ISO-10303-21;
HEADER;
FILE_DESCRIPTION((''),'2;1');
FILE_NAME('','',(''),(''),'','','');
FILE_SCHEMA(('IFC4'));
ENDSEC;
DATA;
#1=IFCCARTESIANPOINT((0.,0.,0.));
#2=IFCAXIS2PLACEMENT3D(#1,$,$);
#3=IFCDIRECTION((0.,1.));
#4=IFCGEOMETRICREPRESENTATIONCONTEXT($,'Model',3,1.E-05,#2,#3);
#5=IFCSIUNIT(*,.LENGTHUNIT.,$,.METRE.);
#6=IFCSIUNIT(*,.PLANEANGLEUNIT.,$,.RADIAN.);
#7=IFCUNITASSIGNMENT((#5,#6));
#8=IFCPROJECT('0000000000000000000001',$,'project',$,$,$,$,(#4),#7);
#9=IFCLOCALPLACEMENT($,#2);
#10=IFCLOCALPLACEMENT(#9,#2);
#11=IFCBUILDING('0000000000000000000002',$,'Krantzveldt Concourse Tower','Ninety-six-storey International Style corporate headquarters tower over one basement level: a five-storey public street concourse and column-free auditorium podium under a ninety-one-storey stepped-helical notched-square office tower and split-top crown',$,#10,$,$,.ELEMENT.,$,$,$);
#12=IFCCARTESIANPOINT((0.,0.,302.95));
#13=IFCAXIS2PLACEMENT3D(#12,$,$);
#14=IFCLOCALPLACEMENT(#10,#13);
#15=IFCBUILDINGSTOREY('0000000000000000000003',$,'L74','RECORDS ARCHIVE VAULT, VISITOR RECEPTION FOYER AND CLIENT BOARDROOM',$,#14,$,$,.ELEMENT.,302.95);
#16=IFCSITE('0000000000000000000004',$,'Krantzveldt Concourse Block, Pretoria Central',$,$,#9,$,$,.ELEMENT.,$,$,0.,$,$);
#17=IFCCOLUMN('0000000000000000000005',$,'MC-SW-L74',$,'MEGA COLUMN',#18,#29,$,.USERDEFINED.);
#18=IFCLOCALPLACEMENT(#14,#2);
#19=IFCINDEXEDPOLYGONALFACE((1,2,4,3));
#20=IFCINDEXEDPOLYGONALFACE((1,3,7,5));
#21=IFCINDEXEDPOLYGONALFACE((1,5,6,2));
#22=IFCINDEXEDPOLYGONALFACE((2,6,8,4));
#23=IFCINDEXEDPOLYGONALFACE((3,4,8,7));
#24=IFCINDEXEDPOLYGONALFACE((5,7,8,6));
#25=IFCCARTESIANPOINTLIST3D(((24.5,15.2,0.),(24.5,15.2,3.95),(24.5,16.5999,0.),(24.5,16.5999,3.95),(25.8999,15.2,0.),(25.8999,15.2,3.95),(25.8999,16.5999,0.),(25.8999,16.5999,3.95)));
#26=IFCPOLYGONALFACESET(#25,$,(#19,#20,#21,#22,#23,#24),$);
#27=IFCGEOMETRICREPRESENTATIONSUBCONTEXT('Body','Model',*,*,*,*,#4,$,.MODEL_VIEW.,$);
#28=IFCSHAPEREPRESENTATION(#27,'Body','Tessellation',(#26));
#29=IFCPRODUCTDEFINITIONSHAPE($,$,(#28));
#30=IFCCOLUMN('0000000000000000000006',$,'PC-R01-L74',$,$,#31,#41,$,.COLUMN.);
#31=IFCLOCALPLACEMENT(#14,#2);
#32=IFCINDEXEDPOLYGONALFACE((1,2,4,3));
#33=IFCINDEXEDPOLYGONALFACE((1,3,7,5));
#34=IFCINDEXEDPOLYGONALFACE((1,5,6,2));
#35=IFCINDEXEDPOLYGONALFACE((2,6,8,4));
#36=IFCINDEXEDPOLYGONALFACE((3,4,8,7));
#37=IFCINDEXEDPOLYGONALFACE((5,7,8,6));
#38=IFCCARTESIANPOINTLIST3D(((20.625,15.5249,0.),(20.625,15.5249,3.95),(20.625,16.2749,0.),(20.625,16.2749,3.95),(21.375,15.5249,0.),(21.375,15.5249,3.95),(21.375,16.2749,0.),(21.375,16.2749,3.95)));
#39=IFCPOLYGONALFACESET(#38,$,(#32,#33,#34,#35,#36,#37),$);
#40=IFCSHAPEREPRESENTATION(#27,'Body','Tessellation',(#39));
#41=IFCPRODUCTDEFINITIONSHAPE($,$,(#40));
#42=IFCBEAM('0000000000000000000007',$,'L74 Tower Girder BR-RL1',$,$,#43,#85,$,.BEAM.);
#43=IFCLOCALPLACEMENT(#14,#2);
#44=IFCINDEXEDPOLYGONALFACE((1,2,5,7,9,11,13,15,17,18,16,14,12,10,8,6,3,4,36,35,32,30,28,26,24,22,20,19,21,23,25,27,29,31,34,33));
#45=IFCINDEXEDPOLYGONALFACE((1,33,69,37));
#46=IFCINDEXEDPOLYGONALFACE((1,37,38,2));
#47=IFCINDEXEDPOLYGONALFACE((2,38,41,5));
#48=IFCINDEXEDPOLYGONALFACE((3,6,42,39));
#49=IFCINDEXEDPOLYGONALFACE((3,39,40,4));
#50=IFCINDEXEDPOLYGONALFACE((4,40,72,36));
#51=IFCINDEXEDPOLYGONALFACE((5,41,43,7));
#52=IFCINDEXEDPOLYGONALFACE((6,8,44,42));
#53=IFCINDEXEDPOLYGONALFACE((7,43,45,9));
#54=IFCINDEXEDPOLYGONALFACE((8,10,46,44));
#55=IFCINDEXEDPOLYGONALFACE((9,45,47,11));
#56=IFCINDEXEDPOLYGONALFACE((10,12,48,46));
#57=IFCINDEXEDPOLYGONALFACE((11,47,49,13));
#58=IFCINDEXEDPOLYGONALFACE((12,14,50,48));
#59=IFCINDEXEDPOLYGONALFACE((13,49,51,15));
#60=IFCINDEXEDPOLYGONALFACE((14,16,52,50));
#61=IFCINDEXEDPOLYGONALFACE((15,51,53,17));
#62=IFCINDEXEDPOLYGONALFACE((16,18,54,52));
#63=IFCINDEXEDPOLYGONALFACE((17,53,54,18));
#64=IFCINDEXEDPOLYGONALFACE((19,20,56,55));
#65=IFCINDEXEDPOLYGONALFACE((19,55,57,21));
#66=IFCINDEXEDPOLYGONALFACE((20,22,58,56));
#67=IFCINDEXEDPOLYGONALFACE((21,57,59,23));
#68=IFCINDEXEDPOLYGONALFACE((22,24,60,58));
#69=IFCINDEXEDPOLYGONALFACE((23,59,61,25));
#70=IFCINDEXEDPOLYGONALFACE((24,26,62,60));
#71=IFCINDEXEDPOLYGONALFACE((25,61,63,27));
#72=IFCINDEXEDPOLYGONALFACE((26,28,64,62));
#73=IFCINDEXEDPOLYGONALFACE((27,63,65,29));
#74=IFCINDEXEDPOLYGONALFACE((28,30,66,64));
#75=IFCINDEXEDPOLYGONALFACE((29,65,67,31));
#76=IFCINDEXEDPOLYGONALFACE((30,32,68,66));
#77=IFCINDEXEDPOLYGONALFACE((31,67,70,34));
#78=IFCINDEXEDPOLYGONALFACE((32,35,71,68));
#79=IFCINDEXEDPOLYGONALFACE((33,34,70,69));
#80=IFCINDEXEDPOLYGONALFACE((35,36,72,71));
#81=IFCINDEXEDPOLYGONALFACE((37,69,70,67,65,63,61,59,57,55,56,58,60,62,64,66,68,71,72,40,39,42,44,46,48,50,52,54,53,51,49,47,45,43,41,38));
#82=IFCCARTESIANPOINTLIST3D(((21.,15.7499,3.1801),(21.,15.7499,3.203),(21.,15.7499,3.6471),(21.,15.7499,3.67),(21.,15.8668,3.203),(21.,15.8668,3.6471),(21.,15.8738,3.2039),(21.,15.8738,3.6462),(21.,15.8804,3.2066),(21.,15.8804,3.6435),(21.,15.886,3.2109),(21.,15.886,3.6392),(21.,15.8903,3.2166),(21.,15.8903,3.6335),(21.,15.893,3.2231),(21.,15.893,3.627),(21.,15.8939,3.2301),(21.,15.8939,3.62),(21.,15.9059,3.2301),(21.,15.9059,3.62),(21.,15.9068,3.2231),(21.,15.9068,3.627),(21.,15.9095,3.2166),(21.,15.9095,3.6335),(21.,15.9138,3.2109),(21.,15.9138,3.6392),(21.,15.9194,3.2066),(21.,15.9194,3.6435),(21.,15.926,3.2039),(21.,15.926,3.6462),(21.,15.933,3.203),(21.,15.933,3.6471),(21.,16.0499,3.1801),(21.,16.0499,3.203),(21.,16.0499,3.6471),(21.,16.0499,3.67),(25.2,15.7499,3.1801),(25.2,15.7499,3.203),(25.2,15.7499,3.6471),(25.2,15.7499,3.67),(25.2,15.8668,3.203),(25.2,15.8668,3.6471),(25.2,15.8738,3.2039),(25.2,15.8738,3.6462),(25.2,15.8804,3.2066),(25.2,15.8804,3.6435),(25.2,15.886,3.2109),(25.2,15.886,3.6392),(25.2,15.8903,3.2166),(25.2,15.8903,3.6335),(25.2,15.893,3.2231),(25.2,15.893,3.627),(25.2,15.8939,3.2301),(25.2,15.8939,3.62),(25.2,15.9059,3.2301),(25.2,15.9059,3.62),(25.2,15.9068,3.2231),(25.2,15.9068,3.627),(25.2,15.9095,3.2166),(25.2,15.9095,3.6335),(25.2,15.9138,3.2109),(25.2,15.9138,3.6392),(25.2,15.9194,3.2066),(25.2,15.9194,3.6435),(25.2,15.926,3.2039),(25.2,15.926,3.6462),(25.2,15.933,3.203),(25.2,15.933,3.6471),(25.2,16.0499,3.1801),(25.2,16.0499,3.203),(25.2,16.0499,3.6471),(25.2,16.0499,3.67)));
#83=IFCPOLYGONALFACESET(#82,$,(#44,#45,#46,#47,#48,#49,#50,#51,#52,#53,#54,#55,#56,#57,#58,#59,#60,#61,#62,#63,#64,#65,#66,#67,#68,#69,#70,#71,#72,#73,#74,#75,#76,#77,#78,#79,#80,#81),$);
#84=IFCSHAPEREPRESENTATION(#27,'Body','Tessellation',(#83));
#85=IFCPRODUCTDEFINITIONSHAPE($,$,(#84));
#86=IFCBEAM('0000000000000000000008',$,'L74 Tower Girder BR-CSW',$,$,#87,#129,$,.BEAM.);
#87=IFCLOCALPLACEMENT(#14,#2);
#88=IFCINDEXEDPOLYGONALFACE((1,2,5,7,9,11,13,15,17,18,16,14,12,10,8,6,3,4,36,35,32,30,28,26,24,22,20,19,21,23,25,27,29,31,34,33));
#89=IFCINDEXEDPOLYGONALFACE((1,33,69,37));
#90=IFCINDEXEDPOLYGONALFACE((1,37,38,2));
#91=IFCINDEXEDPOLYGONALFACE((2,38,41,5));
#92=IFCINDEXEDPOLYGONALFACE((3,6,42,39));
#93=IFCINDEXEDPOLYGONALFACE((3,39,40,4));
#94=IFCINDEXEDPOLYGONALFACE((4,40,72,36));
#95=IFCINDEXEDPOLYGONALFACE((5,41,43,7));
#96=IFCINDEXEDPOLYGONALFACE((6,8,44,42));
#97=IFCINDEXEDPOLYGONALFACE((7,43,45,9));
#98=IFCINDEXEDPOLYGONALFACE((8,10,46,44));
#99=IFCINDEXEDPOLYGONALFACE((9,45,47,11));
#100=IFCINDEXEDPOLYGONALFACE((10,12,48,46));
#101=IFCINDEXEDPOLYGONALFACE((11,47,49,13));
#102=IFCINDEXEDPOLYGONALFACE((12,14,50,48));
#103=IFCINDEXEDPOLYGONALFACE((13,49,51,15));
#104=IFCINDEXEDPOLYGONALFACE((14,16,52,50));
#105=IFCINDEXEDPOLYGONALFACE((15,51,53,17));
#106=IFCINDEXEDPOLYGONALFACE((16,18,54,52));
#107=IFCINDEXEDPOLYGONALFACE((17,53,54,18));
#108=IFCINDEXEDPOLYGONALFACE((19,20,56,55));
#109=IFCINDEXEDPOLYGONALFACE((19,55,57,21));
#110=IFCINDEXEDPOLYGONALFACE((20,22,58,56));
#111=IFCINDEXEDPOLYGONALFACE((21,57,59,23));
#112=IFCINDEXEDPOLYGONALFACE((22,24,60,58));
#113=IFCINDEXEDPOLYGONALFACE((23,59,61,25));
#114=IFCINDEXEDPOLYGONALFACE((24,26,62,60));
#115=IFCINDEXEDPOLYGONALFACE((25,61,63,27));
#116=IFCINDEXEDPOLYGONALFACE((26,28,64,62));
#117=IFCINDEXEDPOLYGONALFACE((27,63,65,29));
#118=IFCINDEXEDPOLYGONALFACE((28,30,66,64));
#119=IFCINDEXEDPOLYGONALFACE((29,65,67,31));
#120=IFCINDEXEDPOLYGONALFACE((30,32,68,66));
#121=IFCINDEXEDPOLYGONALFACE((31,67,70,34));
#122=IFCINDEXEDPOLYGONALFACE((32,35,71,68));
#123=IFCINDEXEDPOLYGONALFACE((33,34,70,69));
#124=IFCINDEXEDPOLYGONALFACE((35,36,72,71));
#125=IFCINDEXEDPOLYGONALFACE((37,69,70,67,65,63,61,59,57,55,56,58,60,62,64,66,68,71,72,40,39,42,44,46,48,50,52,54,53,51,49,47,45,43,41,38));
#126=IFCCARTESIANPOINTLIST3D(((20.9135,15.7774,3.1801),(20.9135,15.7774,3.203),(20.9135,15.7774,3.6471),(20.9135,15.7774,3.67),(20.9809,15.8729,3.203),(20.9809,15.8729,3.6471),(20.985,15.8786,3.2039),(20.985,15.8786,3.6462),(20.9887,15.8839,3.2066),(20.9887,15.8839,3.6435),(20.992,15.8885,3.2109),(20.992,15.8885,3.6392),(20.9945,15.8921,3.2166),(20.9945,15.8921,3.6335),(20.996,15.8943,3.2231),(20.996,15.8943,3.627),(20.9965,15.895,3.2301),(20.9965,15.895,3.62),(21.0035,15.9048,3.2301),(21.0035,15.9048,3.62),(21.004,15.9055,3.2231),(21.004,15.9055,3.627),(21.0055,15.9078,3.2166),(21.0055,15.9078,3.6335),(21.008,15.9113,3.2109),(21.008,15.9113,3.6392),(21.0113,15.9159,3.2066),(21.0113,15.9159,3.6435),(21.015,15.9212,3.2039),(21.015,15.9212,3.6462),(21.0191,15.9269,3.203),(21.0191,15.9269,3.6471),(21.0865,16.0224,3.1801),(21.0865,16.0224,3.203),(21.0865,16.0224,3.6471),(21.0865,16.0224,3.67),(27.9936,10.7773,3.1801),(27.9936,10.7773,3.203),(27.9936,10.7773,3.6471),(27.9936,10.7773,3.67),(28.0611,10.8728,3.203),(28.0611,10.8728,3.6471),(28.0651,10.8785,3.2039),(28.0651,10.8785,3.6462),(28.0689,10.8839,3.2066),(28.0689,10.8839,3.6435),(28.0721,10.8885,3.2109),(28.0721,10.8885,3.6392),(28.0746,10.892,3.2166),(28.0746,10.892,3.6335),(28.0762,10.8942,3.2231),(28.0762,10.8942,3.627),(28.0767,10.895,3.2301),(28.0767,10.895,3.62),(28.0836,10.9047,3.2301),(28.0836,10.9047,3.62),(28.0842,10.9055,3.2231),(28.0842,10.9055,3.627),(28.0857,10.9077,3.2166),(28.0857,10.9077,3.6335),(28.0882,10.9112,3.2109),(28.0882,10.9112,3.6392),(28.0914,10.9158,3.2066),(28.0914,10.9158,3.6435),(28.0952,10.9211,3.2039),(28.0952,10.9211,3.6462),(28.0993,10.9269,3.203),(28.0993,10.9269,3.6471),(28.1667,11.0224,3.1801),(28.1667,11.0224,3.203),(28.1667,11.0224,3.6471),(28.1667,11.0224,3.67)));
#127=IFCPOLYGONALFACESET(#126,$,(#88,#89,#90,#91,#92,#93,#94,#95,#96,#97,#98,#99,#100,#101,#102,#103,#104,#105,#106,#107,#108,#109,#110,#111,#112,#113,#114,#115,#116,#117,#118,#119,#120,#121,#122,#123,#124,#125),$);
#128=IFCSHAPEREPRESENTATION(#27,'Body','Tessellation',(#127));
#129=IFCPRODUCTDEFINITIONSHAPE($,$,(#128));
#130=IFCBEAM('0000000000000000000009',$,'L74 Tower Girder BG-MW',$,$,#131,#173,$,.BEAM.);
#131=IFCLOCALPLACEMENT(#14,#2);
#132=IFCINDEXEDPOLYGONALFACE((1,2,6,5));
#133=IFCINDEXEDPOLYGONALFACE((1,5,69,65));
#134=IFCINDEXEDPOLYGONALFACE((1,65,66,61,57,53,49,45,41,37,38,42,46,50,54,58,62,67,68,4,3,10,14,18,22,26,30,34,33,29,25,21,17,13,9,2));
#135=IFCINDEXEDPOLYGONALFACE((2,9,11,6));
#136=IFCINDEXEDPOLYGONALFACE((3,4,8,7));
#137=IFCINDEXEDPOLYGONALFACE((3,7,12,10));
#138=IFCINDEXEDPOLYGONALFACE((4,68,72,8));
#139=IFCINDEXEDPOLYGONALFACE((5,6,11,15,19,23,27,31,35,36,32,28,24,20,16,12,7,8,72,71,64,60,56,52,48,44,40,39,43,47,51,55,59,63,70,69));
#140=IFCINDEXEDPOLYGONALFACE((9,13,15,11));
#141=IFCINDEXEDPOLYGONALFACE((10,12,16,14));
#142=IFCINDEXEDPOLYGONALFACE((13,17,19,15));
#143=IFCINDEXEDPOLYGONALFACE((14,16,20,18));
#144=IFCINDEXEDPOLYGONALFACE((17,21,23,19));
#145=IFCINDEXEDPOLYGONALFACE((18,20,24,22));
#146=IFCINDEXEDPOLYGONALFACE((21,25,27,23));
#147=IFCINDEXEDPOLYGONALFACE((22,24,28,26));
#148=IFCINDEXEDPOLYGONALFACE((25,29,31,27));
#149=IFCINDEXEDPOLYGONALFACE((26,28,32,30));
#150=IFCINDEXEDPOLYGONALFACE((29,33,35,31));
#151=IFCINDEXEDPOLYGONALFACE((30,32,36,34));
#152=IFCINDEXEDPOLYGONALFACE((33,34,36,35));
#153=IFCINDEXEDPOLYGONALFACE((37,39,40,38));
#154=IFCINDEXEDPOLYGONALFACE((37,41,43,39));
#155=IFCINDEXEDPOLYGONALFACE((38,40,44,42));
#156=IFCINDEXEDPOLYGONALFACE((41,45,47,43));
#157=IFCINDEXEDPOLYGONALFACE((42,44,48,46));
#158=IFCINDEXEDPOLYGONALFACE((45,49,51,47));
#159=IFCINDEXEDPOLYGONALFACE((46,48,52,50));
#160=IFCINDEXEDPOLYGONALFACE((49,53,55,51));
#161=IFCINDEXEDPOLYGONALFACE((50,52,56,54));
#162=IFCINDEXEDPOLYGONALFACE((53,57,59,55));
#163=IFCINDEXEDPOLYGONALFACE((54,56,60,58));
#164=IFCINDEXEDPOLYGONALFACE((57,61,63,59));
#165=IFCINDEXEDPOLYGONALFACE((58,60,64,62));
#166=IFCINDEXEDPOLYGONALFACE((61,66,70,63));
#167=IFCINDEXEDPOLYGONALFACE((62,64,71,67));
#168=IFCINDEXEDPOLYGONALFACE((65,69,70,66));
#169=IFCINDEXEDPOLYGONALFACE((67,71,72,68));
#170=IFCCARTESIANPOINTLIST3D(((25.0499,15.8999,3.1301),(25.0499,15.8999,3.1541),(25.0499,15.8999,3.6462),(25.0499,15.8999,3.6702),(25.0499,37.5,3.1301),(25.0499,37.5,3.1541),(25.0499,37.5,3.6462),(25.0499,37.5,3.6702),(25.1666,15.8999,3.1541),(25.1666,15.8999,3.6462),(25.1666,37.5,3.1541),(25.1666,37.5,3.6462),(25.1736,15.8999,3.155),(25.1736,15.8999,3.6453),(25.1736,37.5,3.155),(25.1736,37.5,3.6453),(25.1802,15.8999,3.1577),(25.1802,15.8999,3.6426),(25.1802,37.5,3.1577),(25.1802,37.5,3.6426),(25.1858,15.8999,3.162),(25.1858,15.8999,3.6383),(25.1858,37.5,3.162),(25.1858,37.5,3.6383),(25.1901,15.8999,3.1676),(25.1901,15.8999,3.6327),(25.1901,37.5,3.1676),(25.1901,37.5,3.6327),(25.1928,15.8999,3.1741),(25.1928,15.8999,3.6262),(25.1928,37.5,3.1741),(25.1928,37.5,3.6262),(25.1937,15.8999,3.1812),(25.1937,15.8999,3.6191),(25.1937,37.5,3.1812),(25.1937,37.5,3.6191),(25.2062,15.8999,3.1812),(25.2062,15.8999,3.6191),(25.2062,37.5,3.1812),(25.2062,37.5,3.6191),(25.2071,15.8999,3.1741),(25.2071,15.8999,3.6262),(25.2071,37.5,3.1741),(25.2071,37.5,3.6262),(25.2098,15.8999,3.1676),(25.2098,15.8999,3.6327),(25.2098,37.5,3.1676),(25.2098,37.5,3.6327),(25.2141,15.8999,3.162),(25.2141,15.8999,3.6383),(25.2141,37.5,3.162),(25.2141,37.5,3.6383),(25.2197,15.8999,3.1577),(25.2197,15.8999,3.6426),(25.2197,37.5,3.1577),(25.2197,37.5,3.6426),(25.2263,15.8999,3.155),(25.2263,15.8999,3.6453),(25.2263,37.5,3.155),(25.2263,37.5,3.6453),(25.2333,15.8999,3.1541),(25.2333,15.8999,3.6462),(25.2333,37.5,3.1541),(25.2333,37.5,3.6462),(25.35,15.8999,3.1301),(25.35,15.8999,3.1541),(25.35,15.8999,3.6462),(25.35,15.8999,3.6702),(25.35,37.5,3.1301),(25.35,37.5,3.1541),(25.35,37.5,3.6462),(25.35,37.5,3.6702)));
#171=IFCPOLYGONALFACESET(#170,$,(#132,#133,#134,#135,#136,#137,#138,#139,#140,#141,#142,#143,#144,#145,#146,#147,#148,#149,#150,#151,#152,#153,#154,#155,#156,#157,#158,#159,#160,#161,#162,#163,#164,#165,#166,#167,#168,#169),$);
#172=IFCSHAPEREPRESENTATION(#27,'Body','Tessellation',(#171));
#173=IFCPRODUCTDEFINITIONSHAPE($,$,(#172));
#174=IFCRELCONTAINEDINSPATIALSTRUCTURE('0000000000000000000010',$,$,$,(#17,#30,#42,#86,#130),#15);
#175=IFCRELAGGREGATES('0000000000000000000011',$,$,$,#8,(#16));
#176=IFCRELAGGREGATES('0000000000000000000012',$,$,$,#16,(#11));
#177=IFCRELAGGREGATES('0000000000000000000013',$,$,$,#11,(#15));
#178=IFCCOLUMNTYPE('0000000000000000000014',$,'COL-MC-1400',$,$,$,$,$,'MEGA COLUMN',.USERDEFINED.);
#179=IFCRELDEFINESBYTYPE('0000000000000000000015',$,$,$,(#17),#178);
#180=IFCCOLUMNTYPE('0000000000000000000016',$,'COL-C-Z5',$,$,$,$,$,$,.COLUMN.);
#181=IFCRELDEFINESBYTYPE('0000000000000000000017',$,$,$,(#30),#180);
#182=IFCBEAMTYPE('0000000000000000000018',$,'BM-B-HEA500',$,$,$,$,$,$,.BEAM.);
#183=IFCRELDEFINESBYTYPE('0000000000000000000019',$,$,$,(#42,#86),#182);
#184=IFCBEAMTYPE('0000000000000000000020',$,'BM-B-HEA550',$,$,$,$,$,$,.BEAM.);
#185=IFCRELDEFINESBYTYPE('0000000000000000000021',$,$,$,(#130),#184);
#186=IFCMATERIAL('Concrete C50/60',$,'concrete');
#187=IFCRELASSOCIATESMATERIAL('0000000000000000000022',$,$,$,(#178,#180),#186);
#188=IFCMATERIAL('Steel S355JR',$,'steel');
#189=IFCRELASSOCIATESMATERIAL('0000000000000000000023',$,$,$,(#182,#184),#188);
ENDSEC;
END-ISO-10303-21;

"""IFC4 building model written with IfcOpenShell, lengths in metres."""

from ifc_helpers import new_model, si_unit, direction, frame, origin, origin_2d, place, context, subcontext, project, spatial, rectangle, i_section, extrude, source, transform, mapped, material, material_profile, profile_set, type_object, type_shapes, element, save


model = new_model("IFC4")

# Units and contexts
model_context = context("Model", 3, precision=1e-05, world=origin(), true_north=direction((0.0, 1.0)))
body_context = subcontext(model_context, "Body", "Model", "MODEL_VIEW")
ifc_project = project(units=[si_unit("LENGTHUNIT", "METRE"), si_unit("PLANEANGLEUNIT", "RADIAN")], contexts=[model_context])

# Site, building, storey
site_placement = place(None, origin())
site = spatial("IfcSite", under=ifc_project, at=site_placement, Name="Krantzveldt Concourse Block, Pretoria Central", CompositionType="ELEMENT", RefElevation=0.0)
building_placement = place(site_placement, origin())
building = spatial("IfcBuilding", under=site, at=building_placement, Name="Krantzveldt Concourse Tower", Description="Ninety-six-storey International Style corporate headquarters tower over one basement level: a five-storey public street concourse and column-free auditorium podium under a ninety-one-storey stepped-helical notched-square office tower and split-top crown", CompositionType="ELEMENT")
storey_placement = place(building_placement, frame((0.0, 0.0, 302.95)))
storey = spatial("IfcBuildingStorey", under=building, at=storey_placement, Name="L74", Description="RECORDS ARCHIVE VAULT, VISITOR RECEPTION FOYER AND CLIENT BOARDROOM", CompositionType="ELEMENT", Elevation=302.95)

# Columns
ifc_material_1 = material(Name="Concrete C50/60", Category="concrete")
ifc_material_profile_1 = material_profile(ifc_material_1, rectangle(XDim=1.3999, YDim=1.3999, at=origin_2d()), Name="Concrete C50/60", Category="concrete")
ifc_profile_set_1 = profile_set([ifc_material_profile_1], Name="Concrete C50/60 - RC 1400x1400")
column_type_1 = type_object("IfcColumnType", Name="COL-MC-1400", ElementType="MEGA COLUMN", PredefinedType="USERDEFINED", material=ifc_profile_set_1)
shared_shape_1 = source(origin(), body_context, "Body", "SweptSolid", [
    extrude(rectangle(XDim=1.3999, YDim=1.3999, at=origin_2d()), origin(), (0.0, 0.0, 1.0), 3.95),
])
type_shapes(column_type_1, [shared_shape_1])
column_1_placement = place(storey_placement, frame((25.2, 15.8999, 0.0), z_axis=(0.0, 0.0, 1.0), x_axis=(1.0, 0.0, 0.0)))
element("IfcColumn", 1, at=column_1_placement, inside=storey, type_object=column_type_1, Name="MC-SW-L74", ObjectType="MEGA COLUMN", PredefinedType="USERDEFINED", context=body_context, shape_type="MappedRepresentation", body=[
    mapped(shared_shape_1, transform((0.0, 0.0, 0.0), x_axis=(1.0, 0.0, 0.0), y_axis=(0.0, 1.0, 0.0), z_axis=(0.0, 0.0, 1.0), scale=1.0)),
])
ifc_material_profile_2 = material_profile(ifc_material_1, rectangle(XDim=0.75, YDim=0.75, at=origin_2d()), Name="Concrete C50/60", Category="concrete")
ifc_profile_set_2 = profile_set([ifc_material_profile_2], Name="Concrete C50/60 - RC 750x750")
column_type_2 = type_object("IfcColumnType", Name="COL-C-Z5", PredefinedType="COLUMN", material=ifc_profile_set_2)
shared_shape_2 = source(origin(), body_context, "Body", "SweptSolid", [
    extrude(rectangle(XDim=0.75, YDim=0.75, at=origin_2d()), origin(), (0.0, 0.0, 1.0), 3.95),
])
type_shapes(column_type_2, [shared_shape_2])
column_2_placement = place(storey_placement, frame((21.0, 15.8999, 0.0), z_axis=(0.0, 0.0, 1.0), x_axis=(1.0, 0.0, 0.0)))
element("IfcColumn", 2, at=column_2_placement, inside=storey, type_object=column_type_2, Name="PC-R01-L74", PredefinedType="COLUMN", context=body_context, shape_type="MappedRepresentation", body=[
    mapped(shared_shape_2, transform((0.0, 0.0, 0.0), x_axis=(1.0, 0.0, 0.0), y_axis=(0.0, 1.0, 0.0), z_axis=(0.0, 0.0, 1.0), scale=1.0)),
])

# Beams
ifc_material_2 = material(Name="Steel S355JR", Category="steel")
ifc_material_profile_3 = material_profile(ifc_material_2, i_section(OverallWidth=0.3, OverallDepth=0.49, WebThickness=0.012, FlangeThickness=0.0229, FilletRadius=0.0271, at=origin_2d()), Name="Steel S355JR", Category="steel")
ifc_profile_set_3 = profile_set([ifc_material_profile_3], Name="Steel S355JR - HEA 500")
beam_type_1 = type_object("IfcBeamType", Name="BM-B-HEA500", PredefinedType="BEAM", material=ifc_profile_set_3)
shared_shape_3 = source(origin(), body_context, "Body", "SweptSolid", [
    extrude(i_section(OverallWidth=0.3, OverallDepth=0.49, WebThickness=0.012, FlangeThickness=0.0229, FilletRadius=0.0271, at=origin_2d()), origin(), (0.0, 0.0, 1.0), 4.2),
])
beam_1_placement = place(storey_placement, frame((21.0, 15.8999, 3.425), z_axis=(1.0, 0.0, 0.0), x_axis=(0.0, 1.0, 0.0)))
element("IfcBeam", 3, at=beam_1_placement, inside=storey, type_object=beam_type_1, Name="L74 Tower Girder BR-RL1", PredefinedType="BEAM", context=body_context, shape_type="MappedRepresentation", body=[
    mapped(shared_shape_3, transform((0.0, 0.0, 0.0), x_axis=(1.0, 0.0, 0.0), y_axis=(0.0, 1.0, 0.0), z_axis=(0.0, 0.0, 1.0), scale=1.0)),
])
shared_shape_4 = source(origin(), body_context, "Body", "SweptSolid", [
    extrude(i_section(OverallWidth=0.3, OverallDepth=0.49, WebThickness=0.012, FlangeThickness=0.0229, FilletRadius=0.0271, at=origin_2d()), origin(), (0.0, 0.0, 1.0), 8.6677),
])
type_shapes(beam_type_1, [shared_shape_3, shared_shape_4])
beam_2_placement = place(storey_placement, frame((21.0, 15.8999, 3.425), z_axis=(0.816843, -0.57686, 0.0), x_axis=(0.57686, 0.816843, 0.0)))
element("IfcBeam", 4, at=beam_2_placement, inside=storey, type_object=beam_type_1, Name="L74 Tower Girder BR-CSW", PredefinedType="BEAM", context=body_context, shape_type="MappedRepresentation", body=[
    mapped(shared_shape_4, transform((0.0, 0.0, 0.0), x_axis=(1.0, 0.0, 0.0), y_axis=(0.0, 1.0, 0.0), z_axis=(0.0, 0.0, 1.0), scale=1.0)),
])
ifc_material_profile_4 = material_profile(ifc_material_2, i_section(OverallWidth=0.3, OverallDepth=0.54, WebThickness=0.0125, FlangeThickness=0.0239, FilletRadius=0.0271, at=origin_2d()), Name="Steel S355JR", Category="steel")
ifc_profile_set_4 = profile_set([ifc_material_profile_4], Name="Steel S355JR - HEA 550")
beam_type_2 = type_object("IfcBeamType", Name="BM-B-HEA550", PredefinedType="BEAM", material=ifc_profile_set_4)
shared_shape_5 = source(origin(), body_context, "Body", "SweptSolid", [
    extrude(i_section(OverallWidth=0.3, OverallDepth=0.54, WebThickness=0.0125, FlangeThickness=0.0239, FilletRadius=0.0271, at=origin_2d()), origin(), (0.0, 0.0, 1.0), 21.6001),
])
type_shapes(beam_type_2, [shared_shape_5])
beam_3_placement = place(storey_placement, frame((25.2, 15.8999, 3.4001), z_axis=(0.0, 1.0, 0.0), x_axis=(-1.0, 0.0, 0.0)))
element("IfcBeam", 5, at=beam_3_placement, inside=storey, type_object=beam_type_2, Name="L74 Tower Girder BG-MW", PredefinedType="BEAM", context=body_context, shape_type="MappedRepresentation", body=[
    mapped(shared_shape_5, transform((0.0, 0.0, 0.0), x_axis=(1.0, 0.0, 0.0), y_axis=(0.0, 1.0, 0.0), z_axis=(0.0, 0.0, 1.0), scale=1.0)),
])

save(model, "model.ifc")
